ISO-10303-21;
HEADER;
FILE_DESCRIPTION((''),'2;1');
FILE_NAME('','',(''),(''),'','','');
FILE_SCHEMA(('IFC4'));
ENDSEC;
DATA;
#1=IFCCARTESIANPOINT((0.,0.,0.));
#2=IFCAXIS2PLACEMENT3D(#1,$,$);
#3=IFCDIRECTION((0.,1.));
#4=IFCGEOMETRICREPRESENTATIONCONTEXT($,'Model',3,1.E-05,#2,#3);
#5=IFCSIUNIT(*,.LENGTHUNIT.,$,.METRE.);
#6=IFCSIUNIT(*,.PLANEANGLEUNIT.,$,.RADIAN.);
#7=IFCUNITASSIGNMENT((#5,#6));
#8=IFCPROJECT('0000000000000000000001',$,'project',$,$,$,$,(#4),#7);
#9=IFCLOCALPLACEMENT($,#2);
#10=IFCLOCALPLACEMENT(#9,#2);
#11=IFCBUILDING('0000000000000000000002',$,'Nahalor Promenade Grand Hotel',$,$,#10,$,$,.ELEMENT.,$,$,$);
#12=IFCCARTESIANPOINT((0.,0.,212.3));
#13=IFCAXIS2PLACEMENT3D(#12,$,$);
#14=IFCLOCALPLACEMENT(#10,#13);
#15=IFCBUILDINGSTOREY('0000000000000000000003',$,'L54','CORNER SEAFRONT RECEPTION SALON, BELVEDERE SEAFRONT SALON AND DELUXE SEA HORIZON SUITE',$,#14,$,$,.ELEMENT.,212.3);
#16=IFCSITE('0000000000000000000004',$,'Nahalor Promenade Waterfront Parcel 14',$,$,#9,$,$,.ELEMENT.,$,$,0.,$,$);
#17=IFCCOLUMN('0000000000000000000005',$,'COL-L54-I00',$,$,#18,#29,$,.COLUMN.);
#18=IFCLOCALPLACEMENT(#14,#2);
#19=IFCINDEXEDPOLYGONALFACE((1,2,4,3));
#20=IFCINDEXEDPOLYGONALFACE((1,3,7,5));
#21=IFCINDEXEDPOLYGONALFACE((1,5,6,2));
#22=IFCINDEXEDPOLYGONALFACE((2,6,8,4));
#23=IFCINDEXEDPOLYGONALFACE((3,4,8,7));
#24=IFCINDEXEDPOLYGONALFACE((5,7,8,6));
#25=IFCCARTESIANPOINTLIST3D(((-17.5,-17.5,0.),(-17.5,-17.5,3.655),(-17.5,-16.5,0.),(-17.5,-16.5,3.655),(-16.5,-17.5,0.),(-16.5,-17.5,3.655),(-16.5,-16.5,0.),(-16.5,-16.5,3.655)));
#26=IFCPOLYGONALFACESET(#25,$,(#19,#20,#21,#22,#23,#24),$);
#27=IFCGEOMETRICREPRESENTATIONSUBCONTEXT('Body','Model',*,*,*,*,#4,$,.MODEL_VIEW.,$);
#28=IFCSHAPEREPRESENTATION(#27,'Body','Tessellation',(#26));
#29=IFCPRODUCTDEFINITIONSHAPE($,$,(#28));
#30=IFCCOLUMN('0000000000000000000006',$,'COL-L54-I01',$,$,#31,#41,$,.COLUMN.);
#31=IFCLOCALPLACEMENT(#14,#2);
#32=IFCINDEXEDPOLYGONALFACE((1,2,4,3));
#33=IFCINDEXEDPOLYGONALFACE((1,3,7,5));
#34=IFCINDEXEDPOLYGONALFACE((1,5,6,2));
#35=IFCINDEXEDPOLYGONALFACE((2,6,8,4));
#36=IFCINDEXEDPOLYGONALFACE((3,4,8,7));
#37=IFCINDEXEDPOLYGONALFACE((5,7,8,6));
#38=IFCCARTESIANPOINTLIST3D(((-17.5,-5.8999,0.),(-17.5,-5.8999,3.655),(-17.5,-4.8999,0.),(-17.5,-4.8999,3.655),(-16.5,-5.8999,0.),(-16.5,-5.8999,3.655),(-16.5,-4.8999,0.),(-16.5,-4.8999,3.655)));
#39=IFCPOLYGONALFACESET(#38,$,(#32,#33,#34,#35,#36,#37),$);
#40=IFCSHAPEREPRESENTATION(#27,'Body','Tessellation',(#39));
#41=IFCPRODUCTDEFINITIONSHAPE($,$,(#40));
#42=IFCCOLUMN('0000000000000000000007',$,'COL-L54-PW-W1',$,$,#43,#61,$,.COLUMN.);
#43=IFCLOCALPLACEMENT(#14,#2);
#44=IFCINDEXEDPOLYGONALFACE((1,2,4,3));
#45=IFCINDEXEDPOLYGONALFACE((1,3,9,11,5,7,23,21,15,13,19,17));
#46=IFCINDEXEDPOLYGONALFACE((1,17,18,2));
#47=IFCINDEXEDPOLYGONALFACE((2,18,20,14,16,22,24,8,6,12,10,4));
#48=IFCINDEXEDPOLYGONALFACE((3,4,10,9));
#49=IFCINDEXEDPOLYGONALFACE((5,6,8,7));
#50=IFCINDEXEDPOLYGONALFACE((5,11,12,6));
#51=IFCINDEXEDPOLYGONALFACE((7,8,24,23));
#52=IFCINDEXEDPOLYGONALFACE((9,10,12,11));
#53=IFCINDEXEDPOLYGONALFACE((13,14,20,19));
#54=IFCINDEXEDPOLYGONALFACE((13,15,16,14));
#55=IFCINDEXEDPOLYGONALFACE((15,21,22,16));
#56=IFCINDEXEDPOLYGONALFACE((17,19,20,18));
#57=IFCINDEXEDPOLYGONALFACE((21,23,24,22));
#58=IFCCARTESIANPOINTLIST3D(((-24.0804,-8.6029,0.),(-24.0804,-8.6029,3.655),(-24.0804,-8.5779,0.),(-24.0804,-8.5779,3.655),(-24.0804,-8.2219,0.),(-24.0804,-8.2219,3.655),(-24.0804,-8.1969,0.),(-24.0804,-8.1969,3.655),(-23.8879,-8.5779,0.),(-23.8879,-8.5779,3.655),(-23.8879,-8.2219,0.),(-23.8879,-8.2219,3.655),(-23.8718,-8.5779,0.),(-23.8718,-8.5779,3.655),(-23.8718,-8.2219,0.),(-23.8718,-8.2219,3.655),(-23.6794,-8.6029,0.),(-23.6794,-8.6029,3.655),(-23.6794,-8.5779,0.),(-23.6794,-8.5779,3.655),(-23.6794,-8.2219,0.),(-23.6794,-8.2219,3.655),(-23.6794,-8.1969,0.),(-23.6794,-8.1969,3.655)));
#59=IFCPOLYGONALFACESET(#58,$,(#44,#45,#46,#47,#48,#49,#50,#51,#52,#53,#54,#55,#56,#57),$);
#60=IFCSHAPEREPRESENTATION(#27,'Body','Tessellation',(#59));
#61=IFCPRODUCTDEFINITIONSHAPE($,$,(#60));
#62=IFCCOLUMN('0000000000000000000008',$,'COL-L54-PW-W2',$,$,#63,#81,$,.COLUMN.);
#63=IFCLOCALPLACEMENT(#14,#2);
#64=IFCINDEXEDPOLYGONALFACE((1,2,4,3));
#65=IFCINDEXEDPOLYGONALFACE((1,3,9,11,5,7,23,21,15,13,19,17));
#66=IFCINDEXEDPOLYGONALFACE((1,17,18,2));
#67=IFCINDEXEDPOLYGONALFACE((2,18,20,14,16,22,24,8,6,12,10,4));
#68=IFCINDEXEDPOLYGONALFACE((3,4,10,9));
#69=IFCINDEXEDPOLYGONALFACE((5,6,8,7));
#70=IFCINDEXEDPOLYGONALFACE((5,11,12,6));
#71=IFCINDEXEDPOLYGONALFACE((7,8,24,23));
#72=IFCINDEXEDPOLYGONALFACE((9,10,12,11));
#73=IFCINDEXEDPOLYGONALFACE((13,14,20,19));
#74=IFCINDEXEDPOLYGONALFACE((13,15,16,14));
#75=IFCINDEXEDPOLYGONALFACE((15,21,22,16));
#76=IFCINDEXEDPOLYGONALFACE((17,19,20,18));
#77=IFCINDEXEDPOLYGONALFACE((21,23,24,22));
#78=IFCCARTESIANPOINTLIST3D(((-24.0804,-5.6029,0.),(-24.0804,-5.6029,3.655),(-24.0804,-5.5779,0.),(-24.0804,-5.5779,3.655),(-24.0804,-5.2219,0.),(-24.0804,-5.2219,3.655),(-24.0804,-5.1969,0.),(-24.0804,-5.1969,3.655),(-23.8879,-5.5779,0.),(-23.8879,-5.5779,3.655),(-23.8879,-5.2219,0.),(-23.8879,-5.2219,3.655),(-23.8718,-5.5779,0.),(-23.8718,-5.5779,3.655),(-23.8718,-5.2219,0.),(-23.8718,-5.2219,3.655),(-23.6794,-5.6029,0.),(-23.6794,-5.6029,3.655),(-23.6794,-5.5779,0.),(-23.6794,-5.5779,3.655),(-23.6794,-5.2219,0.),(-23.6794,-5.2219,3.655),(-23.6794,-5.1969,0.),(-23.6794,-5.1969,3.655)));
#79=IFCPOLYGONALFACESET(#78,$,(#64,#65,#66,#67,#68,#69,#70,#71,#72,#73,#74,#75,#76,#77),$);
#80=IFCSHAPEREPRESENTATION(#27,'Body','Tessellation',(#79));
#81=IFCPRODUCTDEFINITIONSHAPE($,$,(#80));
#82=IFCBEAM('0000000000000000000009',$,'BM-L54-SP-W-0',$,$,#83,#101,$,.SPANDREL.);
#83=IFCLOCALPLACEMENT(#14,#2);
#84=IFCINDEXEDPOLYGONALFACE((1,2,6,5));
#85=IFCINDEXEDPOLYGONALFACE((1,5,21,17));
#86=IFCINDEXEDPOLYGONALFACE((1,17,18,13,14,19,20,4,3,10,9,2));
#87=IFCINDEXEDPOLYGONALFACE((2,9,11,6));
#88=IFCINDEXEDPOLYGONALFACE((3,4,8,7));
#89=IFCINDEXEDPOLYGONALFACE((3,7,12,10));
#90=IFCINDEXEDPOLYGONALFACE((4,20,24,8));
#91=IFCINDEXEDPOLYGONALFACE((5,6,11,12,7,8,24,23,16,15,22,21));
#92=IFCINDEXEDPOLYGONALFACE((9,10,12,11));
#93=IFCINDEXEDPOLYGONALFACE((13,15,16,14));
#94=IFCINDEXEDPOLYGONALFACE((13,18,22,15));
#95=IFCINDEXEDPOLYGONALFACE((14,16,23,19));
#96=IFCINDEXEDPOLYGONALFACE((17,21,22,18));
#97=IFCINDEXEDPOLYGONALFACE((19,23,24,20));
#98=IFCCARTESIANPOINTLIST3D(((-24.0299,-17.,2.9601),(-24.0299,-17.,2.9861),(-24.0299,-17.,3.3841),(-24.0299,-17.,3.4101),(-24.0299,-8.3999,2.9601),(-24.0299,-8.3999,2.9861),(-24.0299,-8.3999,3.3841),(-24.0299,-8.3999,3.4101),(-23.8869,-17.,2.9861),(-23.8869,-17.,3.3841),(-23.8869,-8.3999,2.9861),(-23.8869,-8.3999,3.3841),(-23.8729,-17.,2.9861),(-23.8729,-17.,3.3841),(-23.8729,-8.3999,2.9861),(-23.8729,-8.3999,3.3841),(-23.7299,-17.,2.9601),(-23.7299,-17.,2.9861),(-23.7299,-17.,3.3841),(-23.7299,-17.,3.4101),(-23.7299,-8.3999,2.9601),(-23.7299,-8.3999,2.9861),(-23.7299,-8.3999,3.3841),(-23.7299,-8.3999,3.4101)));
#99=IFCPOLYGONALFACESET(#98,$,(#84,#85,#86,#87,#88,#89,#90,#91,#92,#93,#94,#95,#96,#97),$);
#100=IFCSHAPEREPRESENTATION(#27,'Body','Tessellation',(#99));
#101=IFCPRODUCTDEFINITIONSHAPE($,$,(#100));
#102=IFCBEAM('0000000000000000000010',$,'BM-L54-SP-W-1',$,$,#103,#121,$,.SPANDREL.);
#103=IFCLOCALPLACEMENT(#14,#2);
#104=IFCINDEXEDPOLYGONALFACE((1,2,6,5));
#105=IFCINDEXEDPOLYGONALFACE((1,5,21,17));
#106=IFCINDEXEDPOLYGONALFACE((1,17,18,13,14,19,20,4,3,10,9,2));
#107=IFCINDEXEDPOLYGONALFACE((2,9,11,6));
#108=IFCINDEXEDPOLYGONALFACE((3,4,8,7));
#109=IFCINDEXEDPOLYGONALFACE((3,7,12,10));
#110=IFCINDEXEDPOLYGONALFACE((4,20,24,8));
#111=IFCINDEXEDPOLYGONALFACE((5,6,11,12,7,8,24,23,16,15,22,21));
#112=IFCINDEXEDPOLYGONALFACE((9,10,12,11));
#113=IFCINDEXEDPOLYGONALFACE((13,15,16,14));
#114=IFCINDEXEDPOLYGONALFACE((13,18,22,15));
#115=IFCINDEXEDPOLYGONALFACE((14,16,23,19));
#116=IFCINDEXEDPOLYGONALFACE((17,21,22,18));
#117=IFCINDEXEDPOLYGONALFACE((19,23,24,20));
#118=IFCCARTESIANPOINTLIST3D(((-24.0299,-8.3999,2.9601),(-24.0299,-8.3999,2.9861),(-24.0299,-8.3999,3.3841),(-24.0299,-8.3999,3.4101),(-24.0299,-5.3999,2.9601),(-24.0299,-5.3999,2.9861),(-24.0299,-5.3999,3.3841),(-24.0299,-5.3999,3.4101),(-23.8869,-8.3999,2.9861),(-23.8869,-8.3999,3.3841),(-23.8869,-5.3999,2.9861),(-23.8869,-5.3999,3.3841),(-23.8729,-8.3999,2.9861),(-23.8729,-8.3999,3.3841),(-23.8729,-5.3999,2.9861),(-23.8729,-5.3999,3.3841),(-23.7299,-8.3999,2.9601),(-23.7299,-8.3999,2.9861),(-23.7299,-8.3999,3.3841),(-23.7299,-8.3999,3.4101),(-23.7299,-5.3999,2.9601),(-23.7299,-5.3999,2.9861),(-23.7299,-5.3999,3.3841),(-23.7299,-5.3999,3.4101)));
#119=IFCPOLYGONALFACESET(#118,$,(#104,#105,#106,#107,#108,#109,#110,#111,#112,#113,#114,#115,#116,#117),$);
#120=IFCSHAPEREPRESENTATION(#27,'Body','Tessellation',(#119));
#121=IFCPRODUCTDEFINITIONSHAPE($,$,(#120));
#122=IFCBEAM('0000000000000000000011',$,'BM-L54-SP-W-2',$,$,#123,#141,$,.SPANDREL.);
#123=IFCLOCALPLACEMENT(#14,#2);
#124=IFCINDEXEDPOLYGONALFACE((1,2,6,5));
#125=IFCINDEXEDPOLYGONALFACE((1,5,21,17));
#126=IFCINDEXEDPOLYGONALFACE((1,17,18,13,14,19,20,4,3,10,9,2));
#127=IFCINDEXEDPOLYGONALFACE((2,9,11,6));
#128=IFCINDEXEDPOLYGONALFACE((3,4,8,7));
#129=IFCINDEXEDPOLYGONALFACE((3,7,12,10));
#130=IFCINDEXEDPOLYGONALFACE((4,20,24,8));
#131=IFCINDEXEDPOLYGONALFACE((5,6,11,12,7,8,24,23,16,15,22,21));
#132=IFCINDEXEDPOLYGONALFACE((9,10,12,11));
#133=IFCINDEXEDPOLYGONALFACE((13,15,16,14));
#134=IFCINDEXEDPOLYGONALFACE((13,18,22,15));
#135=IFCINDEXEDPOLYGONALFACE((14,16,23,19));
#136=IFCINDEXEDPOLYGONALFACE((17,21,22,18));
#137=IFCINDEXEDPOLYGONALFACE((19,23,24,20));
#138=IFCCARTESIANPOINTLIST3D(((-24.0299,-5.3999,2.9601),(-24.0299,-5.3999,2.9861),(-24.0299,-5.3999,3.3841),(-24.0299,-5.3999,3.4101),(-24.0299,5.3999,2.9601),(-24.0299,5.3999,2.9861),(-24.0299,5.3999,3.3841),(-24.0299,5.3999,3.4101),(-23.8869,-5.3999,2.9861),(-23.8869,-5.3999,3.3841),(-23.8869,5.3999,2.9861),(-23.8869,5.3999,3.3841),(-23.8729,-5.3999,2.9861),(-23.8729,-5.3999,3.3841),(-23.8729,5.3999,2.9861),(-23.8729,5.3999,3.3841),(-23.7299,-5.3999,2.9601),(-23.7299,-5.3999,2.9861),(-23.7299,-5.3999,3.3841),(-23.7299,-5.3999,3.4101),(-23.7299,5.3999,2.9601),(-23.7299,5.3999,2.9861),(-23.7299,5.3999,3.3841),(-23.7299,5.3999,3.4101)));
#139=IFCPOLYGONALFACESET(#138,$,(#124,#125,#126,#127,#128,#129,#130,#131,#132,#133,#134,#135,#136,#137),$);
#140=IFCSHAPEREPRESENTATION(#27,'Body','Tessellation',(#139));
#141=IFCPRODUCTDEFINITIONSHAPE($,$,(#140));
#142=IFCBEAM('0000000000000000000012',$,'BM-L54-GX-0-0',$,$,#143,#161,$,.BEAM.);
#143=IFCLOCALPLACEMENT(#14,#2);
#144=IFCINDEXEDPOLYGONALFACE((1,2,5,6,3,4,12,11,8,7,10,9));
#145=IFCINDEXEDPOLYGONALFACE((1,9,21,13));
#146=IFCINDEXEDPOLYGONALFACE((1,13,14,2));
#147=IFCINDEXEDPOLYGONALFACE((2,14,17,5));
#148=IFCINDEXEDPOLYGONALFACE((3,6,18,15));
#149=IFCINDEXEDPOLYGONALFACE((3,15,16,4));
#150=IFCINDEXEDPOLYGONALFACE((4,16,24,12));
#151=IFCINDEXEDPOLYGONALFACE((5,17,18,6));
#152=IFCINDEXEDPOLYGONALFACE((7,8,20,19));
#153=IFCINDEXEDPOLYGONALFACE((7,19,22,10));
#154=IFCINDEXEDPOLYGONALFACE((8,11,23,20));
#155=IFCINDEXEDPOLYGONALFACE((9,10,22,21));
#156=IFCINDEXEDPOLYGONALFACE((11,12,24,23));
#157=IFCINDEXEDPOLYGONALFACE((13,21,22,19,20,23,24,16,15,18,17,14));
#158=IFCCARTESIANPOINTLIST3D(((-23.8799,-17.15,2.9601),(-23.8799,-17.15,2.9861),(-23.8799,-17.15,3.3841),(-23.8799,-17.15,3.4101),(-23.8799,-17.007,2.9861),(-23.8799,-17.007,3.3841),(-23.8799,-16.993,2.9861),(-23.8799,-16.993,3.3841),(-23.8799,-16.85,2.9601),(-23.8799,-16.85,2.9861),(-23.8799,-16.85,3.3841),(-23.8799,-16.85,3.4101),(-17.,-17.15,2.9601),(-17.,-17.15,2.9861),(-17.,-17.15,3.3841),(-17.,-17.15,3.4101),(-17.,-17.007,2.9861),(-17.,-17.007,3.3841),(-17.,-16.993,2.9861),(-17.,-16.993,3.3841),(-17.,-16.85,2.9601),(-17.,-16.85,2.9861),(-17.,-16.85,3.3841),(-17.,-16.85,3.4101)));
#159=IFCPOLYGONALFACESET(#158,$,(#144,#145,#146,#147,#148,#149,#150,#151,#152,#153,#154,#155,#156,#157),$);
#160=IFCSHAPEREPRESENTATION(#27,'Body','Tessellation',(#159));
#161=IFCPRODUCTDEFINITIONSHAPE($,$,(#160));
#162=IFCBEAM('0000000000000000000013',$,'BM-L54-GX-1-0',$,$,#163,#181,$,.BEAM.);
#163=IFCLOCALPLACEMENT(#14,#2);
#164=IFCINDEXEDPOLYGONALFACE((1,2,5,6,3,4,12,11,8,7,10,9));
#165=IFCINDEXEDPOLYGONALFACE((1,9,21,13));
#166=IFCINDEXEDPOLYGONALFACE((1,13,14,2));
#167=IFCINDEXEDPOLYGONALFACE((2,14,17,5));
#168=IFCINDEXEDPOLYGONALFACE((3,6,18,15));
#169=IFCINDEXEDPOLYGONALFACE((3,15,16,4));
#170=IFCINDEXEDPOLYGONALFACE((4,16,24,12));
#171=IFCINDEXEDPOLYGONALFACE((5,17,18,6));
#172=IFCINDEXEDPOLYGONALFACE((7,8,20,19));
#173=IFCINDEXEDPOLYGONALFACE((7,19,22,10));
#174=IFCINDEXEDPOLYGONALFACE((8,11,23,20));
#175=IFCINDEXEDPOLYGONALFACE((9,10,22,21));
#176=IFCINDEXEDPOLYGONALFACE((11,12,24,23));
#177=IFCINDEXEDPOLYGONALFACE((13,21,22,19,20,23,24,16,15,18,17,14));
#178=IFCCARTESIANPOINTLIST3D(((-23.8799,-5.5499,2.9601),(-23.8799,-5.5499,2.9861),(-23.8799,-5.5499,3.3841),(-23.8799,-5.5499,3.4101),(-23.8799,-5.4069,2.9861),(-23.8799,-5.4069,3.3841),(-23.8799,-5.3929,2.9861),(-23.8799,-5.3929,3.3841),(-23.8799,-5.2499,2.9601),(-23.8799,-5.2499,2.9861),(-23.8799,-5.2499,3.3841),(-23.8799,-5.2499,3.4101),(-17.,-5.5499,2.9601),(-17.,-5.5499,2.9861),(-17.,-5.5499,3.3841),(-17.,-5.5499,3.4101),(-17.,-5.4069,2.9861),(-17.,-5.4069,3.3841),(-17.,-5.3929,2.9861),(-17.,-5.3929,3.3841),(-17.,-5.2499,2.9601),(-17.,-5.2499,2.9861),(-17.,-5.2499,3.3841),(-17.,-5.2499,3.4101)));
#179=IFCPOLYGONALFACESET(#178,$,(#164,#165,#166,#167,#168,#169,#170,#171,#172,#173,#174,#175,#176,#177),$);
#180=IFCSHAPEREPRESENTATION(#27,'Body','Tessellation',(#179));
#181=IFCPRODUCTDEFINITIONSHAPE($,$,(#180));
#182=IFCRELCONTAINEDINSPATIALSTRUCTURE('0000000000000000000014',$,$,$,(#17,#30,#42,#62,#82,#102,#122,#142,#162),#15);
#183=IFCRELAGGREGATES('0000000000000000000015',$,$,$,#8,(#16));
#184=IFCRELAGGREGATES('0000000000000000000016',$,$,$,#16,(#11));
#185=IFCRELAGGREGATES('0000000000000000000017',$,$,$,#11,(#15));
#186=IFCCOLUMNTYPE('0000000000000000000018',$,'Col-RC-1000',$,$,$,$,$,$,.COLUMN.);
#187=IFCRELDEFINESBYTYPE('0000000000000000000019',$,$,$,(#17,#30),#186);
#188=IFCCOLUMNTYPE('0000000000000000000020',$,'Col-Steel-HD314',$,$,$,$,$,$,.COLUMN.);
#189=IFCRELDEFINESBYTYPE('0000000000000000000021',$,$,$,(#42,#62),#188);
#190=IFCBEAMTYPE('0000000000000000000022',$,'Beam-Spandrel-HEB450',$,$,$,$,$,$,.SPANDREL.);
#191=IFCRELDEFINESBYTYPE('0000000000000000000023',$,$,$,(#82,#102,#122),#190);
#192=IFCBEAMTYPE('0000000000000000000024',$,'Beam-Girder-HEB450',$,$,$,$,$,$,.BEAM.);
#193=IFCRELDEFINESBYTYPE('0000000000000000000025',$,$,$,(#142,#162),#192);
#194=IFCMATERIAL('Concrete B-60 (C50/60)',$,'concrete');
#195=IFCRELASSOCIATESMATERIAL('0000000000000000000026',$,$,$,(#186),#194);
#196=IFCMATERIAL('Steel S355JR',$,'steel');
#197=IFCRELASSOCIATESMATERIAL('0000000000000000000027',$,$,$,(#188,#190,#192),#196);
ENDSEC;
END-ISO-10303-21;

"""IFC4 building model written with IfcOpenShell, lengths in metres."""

from ifc_helpers import new_model, si_unit, direction, frame, origin, origin_2d, place, context, subcontext, project, spatial, rectangle, i_section, extrude, source, transform, mapped, material, material_profile, profile_set, type_object, element, save


model = new_model("IFC4")

# Units and contexts
model_context = context("Model", 3, precision=1e-05, world=origin(), true_north=direction((0.0, 1.0)))
body_context = subcontext(model_context, "Body", "Model", "MODEL_VIEW")
ifc_project = project(units=[si_unit("LENGTHUNIT", "METRE"), si_unit("PLANEANGLEUNIT", "RADIAN")], contexts=[model_context])

# Site, building, storey
site_placement = place(None, origin())
site = spatial("IfcSite", under=ifc_project, at=site_placement, Name="Nahalor Promenade Waterfront Parcel 14", CompositionType="ELEMENT", RefElevation=0.0)
building_placement = place(site_placement, origin())
building = spatial("IfcBuilding", under=site, at=building_placement, Name="Nahalor Promenade Grand Hotel", CompositionType="ELEMENT")
storey_placement = place(building_placement, frame((0.0, 0.0, 212.3)))
storey = spatial("IfcBuildingStorey", under=building, at=storey_placement, Name="L54", Description="CORNER SEAFRONT RECEPTION SALON, BELVEDERE SEAFRONT SALON AND DELUXE SEA HORIZON SUITE", CompositionType="ELEMENT", Elevation=212.3)

# Columns
ifc_material_1 = material(Name="Concrete B-60 (C50/60)", Category="concrete")
ifc_material_profile_1 = material_profile(ifc_material_1, rectangle(XDim=1.0, YDim=1.0, at=origin_2d()), Name="RC 1000x1000")
ifc_profile_set_1 = profile_set([ifc_material_profile_1], Name="Concrete B-60 (C50/60)")
column_type_1 = type_object("IfcColumnType", Name="Col-RC-1000", PredefinedType="COLUMN", material=ifc_profile_set_1)
shared_shape_1 = source(origin(), body_context, "Body", "SweptSolid", [
    extrude(rectangle(XDim=1.0, YDim=1.0, at=origin_2d()), origin(), (0.0, 0.0, 1.0), 3.655),
])
for number, where, z_axis, x_axis, name in (
    (1, (-17.0, -17.0, 0.0), (0.0, 0.0, 1.0), (1.0, 0.0, 0.0), "COL-L54-I00"),
    (2, (-17.0, -5.3999, 0.0), (0.0, 0.0, 1.0), (1.0, 0.0, 0.0), "COL-L54-I01"),
):
    element("IfcColumn", number, at=place(storey_placement, frame(where, z_axis=z_axis, x_axis=x_axis)), inside=storey, type_object=column_type_1, Name=name, PredefinedType="COLUMN", context=body_context, shape_type="MappedRepresentation", body=[
        mapped(shared_shape_1, transform((0.0, 0.0, 0.0), scale=1.0)),
    ])
ifc_material_2 = material(Name="Steel S355JR", Category="steel")
ifc_material_profile_2 = material_profile(ifc_material_2, i_section(OverallWidth=0.401, OverallDepth=0.406, WebThickness=0.0161, FlangeThickness=0.025, at=origin_2d()), Name="HD 400x314")
ifc_profile_set_2 = profile_set([ifc_material_profile_2], Name="Steel S355JR")
column_type_2 = type_object("IfcColumnType", Name="Col-Steel-HD314", PredefinedType="COLUMN", material=ifc_profile_set_2)
shared_shape_2 = source(origin(), body_context, "Body", "SweptSolid", [
    extrude(i_section(OverallWidth=0.401, OverallDepth=0.406, WebThickness=0.0161, FlangeThickness=0.025, at=origin_2d()), origin(), (0.0, 0.0, 1.0), 3.655),
])
for number, where, z_axis, x_axis, name in (
    (3, (-23.8799, -8.3999, 0.0), (0.0, 0.0, 1.0), (1.0, 0.0, 0.0), "COL-L54-PW-W1"),
    (4, (-23.8799, -5.3999, 0.0), (0.0, 0.0, 1.0), (1.0, 0.0, 0.0), "COL-L54-PW-W2"),
):
    element("IfcColumn", number, at=place(storey_placement, frame(where, z_axis=z_axis, x_axis=x_axis)), inside=storey, type_object=column_type_2, Name=name, PredefinedType="COLUMN", context=body_context, shape_type="MappedRepresentation", body=[
        mapped(shared_shape_2, transform((0.0, 0.0, 0.0), scale=1.0)),
    ])

# Beams
ifc_material_profile_3 = material_profile(ifc_material_2, i_section(OverallWidth=0.3, OverallDepth=0.45, WebThickness=0.014, FlangeThickness=0.026, at=origin_2d()), Name="HEB 450")
ifc_profile_set_3 = profile_set([ifc_material_profile_3], Name="Steel S355JR")
beam_type_1 = type_object("IfcBeamType", Name="Beam-Spandrel-HEB450", PredefinedType="SPANDREL", material=ifc_profile_set_3)
shared_shape_3 = source(origin(), body_context, "Body", "SweptSolid", [
    extrude(i_section(OverallWidth=0.3, OverallDepth=0.45, WebThickness=0.014, FlangeThickness=0.026, at=origin_2d()), origin(), (0.0, 0.0, 1.0), 8.6001),
])
beam_1_placement = place(storey_placement, frame((-23.8799, -17.0, 3.1851), z_axis=(0.0, 1.0, 0.0), x_axis=(-1.0, 0.0, 0.0)))
element("IfcBeam", 5, at=beam_1_placement, inside=storey, type_object=beam_type_1, Name="BM-L54-SP-W-0", PredefinedType="SPANDREL", context=body_context, shape_type="MappedRepresentation", body=[
    mapped(shared_shape_3, transform((0.0, 0.0, 0.0), scale=1.0)),
])
shared_shape_4 = source(origin(), body_context, "Body", "SweptSolid", [
    extrude(i_section(OverallWidth=0.3, OverallDepth=0.45, WebThickness=0.014, FlangeThickness=0.026, at=origin_2d()), origin(), (0.0, 0.0, 1.0), 3.0),
])
beam_2_placement = place(storey_placement, frame((-23.8799, -8.3999, 3.1851), z_axis=(0.0, 1.0, 0.0), x_axis=(-1.0, 0.0, 0.0)))
element("IfcBeam", 6, at=beam_2_placement, inside=storey, type_object=beam_type_1, Name="BM-L54-SP-W-1", PredefinedType="SPANDREL", context=body_context, shape_type="MappedRepresentation", body=[
    mapped(shared_shape_4, transform((0.0, 0.0, 0.0), scale=1.0)),
])
shared_shape_5 = source(origin(), body_context, "Body", "SweptSolid", [
    extrude(i_section(OverallWidth=0.3, OverallDepth=0.45, WebThickness=0.014, FlangeThickness=0.026, at=origin_2d()), origin(), (0.0, 0.0, 1.0), 10.7998),
])
beam_3_placement = place(storey_placement, frame((-23.8799, -5.3999, 3.1851), z_axis=(0.0, 1.0, 0.0), x_axis=(-1.0, 0.0, 0.0)))
element("IfcBeam", 7, at=beam_3_placement, inside=storey, type_object=beam_type_1, Name="BM-L54-SP-W-2", PredefinedType="SPANDREL", context=body_context, shape_type="MappedRepresentation", body=[
    mapped(shared_shape_5, transform((0.0, 0.0, 0.0), scale=1.0)),
])
ifc_material_profile_4 = material_profile(ifc_material_2, i_section(OverallWidth=0.3, OverallDepth=0.45, WebThickness=0.014, FlangeThickness=0.026, at=origin_2d()), Name="HEB 450")
ifc_profile_set_4 = profile_set([ifc_material_profile_4], Name="Steel S355JR")
beam_type_2 = type_object("IfcBeamType", Name="Beam-Girder-HEB450", PredefinedType="BEAM", material=ifc_profile_set_4)
shared_shape_6 = source(origin(), body_context, "Body", "SweptSolid", [
    extrude(i_section(OverallWidth=0.3, OverallDepth=0.45, WebThickness=0.014, FlangeThickness=0.026, at=origin_2d()), origin(), (0.0, 0.0, 1.0), 6.8799),
])
for number, where, z_axis, x_axis, name in (
    (8, (-23.8799, -17.0, 3.1851), (1.0, 0.0, 0.0), (0.0, 1.0, 0.0), "BM-L54-GX-0-0"),
    (9, (-23.8799, -5.3999, 3.1851), (1.0, 0.0, 0.0), (0.0, 1.0, 0.0), "BM-L54-GX-1-0"),
):
    element("IfcBeam", number, at=place(storey_placement, frame(where, z_axis=z_axis, x_axis=x_axis)), inside=storey, type_object=beam_type_2, Name=name, PredefinedType="BEAM", context=body_context, shape_type="MappedRepresentation", body=[
        mapped(shared_shape_6, transform((0.0, 0.0, 0.0), scale=1.0)),
    ])

save(model, "model.ifc")
